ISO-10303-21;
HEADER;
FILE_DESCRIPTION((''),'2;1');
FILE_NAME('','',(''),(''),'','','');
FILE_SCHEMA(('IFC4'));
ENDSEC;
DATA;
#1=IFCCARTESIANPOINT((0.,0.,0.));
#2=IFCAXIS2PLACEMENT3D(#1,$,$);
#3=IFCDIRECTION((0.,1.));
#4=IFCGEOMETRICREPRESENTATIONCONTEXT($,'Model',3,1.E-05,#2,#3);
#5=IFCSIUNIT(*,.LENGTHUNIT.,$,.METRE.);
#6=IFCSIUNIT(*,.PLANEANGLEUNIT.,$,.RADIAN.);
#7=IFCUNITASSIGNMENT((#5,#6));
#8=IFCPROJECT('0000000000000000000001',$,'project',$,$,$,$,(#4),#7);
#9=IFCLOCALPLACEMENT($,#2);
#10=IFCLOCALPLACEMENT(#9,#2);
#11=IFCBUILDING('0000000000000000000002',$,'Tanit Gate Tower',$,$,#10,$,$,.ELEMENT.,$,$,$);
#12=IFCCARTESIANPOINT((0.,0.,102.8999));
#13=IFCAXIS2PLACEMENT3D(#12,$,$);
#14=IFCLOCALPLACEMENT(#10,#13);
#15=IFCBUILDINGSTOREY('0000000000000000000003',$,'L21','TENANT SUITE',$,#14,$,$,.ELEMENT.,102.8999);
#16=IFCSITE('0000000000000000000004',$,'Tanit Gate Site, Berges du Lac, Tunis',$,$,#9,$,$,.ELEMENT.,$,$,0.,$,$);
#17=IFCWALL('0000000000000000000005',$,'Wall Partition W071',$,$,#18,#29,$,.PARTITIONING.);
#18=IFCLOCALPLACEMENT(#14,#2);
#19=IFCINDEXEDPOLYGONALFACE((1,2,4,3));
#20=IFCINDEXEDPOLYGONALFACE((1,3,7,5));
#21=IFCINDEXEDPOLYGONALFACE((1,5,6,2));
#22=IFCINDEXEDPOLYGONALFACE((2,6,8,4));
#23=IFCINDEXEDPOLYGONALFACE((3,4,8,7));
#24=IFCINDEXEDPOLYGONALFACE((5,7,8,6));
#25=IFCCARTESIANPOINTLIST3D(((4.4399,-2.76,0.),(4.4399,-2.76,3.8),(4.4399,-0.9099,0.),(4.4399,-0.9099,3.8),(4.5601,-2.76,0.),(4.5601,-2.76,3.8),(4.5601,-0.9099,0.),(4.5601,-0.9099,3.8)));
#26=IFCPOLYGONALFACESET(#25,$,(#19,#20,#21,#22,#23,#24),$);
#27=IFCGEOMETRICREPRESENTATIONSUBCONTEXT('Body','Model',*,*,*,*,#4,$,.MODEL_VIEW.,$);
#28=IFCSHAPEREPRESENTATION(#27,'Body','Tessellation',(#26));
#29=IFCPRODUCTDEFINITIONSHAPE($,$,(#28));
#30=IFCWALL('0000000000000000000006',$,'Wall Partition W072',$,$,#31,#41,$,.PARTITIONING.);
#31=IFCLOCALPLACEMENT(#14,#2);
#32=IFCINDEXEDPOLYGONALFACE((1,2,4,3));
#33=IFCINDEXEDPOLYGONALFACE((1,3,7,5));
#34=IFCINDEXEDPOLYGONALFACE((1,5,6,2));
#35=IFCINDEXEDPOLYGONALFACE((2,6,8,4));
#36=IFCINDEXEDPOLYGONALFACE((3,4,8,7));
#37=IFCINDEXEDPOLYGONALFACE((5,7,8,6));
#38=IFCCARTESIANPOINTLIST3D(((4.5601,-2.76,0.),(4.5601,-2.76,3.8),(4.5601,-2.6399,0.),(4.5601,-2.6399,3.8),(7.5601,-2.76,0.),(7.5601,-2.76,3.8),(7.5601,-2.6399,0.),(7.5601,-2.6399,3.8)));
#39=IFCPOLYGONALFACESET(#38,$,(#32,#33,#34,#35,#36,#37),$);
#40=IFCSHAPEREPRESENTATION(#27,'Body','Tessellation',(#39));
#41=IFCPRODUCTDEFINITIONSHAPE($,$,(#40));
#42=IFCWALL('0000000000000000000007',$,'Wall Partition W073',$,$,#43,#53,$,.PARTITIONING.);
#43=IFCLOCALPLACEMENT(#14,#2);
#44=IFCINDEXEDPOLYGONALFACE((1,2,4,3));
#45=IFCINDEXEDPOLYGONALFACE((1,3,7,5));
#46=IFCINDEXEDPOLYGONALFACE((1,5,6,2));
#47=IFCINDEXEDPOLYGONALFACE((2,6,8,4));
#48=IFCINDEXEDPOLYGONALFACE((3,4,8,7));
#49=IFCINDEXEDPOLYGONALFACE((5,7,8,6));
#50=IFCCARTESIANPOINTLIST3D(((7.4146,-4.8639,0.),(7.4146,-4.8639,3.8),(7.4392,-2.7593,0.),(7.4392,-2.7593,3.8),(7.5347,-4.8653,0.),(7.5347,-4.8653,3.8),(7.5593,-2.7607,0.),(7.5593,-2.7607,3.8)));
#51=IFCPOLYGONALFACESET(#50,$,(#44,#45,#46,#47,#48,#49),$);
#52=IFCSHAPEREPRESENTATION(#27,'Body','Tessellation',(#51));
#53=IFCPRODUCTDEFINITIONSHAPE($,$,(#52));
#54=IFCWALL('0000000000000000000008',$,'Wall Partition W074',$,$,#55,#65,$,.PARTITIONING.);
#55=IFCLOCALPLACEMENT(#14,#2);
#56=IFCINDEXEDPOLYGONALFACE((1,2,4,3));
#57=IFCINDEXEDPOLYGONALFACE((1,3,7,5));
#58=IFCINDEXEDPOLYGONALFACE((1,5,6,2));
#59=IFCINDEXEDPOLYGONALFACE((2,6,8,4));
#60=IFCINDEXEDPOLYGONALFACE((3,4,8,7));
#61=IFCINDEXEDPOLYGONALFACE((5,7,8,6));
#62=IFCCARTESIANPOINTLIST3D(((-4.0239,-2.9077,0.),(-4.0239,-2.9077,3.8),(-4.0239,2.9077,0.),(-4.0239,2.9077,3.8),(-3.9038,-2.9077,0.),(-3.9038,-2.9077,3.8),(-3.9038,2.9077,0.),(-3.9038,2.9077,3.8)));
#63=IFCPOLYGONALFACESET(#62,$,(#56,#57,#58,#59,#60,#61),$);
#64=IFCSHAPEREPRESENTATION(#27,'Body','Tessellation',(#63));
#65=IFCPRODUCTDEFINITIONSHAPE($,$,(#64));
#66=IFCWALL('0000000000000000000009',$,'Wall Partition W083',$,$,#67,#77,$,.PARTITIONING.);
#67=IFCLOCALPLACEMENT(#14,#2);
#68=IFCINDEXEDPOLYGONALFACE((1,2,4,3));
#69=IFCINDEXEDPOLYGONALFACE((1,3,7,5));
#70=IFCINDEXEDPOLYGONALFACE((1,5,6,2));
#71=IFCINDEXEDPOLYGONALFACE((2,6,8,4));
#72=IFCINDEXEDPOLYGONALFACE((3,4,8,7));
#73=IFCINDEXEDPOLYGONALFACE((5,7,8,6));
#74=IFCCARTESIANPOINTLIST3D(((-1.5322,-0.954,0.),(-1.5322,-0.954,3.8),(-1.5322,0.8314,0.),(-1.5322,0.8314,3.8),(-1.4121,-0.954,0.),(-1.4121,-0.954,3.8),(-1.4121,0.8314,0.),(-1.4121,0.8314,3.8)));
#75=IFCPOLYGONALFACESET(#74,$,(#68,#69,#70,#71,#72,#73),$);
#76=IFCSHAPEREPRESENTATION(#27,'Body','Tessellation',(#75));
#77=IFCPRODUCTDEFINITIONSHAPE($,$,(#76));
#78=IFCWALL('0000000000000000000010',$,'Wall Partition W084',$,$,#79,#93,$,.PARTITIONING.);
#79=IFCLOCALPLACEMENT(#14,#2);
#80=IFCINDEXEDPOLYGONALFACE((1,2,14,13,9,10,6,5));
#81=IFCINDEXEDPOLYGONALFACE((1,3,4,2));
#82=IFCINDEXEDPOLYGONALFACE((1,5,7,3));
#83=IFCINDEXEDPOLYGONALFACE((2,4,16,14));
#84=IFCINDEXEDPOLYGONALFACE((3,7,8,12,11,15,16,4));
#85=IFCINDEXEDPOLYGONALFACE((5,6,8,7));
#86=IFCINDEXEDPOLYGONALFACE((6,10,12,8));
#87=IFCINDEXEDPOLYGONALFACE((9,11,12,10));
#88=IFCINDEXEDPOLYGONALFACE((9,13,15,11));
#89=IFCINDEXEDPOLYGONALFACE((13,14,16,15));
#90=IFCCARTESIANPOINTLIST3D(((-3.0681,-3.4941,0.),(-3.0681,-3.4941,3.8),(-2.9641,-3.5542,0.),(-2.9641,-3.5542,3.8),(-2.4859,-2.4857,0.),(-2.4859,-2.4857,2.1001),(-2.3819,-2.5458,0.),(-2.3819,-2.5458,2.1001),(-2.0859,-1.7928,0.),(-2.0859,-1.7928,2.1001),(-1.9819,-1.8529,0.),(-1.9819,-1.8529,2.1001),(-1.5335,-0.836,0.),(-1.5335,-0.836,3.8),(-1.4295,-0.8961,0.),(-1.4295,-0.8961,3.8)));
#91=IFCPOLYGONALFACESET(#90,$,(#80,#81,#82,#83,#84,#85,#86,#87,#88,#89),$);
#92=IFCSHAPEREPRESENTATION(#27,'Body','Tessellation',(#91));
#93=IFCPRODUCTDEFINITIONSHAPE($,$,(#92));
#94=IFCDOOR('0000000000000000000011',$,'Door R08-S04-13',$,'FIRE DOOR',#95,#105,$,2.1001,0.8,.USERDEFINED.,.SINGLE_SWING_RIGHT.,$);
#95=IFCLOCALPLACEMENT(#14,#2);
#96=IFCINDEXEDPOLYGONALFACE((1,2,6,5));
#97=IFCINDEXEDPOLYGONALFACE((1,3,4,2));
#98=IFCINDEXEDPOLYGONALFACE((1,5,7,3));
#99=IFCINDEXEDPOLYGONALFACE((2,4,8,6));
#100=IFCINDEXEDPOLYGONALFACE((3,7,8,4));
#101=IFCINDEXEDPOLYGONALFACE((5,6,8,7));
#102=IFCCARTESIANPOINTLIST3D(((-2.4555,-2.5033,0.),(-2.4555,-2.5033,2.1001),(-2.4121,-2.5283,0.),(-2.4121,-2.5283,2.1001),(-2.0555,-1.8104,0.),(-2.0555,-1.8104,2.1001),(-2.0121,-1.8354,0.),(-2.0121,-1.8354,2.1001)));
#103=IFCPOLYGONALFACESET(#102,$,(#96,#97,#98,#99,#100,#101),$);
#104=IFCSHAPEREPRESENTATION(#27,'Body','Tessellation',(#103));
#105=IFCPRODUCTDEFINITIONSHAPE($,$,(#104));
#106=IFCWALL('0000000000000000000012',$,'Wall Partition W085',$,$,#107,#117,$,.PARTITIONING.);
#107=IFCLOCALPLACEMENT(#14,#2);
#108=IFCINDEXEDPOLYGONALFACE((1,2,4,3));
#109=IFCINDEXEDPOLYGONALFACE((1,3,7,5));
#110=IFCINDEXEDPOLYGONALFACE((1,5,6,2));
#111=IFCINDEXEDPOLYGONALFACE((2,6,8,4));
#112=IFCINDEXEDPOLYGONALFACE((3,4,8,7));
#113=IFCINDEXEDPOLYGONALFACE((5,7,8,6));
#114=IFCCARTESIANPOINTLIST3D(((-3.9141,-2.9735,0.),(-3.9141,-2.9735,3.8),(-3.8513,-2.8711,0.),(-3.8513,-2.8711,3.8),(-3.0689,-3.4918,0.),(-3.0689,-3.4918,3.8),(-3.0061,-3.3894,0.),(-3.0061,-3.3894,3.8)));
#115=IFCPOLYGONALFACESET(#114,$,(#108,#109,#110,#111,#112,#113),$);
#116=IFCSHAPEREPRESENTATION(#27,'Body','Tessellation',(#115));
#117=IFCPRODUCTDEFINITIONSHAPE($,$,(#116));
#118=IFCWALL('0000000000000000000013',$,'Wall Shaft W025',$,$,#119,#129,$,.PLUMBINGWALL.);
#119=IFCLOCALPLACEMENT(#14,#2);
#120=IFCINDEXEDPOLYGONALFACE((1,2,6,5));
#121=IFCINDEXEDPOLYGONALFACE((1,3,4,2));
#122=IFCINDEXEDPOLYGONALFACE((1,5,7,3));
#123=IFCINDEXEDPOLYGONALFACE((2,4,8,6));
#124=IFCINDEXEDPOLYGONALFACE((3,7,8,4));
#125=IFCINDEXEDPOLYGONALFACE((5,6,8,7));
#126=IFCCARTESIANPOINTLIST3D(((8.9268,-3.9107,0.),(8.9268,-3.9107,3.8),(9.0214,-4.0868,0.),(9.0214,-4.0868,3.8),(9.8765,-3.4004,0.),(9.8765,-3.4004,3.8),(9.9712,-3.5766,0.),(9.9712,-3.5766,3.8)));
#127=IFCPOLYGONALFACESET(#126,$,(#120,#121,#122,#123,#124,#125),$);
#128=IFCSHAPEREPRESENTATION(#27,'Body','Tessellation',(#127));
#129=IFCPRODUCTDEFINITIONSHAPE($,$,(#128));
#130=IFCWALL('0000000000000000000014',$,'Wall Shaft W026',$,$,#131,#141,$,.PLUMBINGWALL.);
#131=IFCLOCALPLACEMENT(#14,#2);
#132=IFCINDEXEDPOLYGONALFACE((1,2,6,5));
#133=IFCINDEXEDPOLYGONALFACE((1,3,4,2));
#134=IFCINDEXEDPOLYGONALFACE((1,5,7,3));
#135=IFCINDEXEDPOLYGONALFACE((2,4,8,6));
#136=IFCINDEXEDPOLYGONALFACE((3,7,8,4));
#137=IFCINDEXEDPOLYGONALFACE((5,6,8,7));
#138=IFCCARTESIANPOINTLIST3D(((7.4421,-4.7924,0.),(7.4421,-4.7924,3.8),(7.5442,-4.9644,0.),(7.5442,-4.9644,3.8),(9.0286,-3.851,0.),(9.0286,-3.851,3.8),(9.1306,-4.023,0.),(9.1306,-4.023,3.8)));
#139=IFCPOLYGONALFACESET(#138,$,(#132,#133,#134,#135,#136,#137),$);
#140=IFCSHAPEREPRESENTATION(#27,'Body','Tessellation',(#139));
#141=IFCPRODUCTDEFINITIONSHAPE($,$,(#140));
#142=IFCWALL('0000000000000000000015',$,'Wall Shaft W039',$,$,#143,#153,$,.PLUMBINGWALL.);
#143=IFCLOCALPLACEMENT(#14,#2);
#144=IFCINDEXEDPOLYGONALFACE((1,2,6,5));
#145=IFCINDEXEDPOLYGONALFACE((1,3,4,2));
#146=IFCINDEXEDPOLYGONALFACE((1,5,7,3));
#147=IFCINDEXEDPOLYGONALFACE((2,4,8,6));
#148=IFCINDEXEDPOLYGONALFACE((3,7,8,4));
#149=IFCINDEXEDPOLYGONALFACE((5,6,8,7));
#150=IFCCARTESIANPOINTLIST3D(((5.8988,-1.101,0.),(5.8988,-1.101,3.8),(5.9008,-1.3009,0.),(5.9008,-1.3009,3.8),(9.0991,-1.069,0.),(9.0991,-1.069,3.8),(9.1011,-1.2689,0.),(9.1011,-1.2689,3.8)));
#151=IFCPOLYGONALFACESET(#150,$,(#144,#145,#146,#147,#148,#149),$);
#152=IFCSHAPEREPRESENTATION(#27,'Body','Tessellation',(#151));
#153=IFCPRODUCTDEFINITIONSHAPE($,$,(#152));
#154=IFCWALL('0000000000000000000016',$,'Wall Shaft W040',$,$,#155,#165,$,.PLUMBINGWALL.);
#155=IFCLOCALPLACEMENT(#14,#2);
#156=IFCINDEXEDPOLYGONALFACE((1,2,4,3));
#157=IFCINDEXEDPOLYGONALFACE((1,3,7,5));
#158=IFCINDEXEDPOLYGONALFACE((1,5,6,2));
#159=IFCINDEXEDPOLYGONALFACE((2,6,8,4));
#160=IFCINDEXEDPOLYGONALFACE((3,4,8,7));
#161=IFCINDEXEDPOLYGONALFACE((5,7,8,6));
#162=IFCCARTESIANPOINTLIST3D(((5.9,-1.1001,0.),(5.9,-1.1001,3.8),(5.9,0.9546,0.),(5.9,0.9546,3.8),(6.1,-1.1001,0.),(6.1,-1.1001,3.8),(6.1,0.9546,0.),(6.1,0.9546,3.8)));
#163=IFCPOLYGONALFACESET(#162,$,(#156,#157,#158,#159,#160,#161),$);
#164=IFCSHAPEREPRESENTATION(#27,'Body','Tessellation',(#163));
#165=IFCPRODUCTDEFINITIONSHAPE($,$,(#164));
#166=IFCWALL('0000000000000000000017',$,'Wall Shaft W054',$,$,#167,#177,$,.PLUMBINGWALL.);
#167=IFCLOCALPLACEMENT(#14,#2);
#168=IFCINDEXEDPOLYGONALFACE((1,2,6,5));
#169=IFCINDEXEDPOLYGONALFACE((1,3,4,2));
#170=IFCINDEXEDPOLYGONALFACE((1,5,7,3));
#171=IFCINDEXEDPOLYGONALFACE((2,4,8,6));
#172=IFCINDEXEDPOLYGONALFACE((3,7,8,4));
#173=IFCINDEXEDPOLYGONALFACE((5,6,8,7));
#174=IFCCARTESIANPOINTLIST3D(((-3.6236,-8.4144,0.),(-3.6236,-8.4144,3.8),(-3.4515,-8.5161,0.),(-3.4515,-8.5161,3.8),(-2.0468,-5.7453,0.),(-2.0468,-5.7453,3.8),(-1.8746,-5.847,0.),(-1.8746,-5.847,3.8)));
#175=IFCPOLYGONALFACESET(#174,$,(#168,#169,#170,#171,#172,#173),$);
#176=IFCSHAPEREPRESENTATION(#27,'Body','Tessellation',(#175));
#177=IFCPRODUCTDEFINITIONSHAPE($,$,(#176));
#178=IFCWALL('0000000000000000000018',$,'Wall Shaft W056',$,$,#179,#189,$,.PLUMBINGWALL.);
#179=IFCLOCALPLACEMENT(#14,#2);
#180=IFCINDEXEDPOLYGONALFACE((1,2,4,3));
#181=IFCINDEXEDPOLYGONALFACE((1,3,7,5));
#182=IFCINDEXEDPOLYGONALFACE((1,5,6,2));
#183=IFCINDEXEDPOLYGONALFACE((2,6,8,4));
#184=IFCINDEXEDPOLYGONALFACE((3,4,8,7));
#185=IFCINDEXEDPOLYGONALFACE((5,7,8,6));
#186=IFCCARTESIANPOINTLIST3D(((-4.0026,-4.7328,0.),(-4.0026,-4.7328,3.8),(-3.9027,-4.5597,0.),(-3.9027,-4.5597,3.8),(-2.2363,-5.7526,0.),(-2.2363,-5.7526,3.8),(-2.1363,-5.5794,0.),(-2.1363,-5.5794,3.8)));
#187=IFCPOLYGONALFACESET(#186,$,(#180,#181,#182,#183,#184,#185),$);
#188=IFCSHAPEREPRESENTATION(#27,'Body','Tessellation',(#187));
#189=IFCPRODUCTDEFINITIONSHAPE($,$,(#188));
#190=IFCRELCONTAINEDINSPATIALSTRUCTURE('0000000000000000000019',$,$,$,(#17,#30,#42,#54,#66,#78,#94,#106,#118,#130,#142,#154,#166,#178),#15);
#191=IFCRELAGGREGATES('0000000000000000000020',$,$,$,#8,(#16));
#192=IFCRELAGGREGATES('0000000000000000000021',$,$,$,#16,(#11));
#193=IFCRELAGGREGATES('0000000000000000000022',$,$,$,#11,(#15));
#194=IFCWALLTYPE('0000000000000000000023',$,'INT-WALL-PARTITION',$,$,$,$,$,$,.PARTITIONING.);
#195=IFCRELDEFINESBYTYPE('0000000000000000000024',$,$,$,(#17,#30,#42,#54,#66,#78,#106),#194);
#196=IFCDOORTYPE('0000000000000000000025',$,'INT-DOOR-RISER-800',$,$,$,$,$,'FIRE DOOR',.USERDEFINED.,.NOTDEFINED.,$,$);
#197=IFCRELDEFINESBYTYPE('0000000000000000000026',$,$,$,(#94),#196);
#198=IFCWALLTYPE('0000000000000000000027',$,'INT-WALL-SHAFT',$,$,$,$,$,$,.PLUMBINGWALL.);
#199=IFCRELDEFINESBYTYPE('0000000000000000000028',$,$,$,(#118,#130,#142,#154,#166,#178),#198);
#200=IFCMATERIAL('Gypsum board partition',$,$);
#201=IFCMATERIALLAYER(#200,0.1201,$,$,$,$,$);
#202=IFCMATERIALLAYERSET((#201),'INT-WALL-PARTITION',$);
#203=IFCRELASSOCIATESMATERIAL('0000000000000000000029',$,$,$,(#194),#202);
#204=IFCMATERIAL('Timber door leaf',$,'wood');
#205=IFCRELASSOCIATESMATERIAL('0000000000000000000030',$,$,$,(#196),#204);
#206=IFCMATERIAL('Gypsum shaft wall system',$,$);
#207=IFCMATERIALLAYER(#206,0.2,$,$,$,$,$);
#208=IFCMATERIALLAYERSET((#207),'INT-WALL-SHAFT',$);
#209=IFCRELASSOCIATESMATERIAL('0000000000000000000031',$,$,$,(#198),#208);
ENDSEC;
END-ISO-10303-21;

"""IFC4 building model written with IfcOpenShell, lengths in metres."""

from ifc_helpers import new_model, si_unit, direction, frame, frame_2d, origin, place, context, subcontext, project, spatial, rectangle, extrude, material, layer, layer_set, type_object, element, fill, save


model = new_model("IFC4")

# Units and contexts
model_context = context("Model", 3, precision=1e-05, world=origin(), true_north=direction((0.0, 1.0)))
body_context = subcontext(model_context, "Body", "Model", "MODEL_VIEW")
ifc_project = project(units=[si_unit("LENGTHUNIT", "METRE"), si_unit("PLANEANGLEUNIT", "RADIAN")], contexts=[model_context])

# Site, building, storey
site_placement = place(None, origin())
site = spatial("IfcSite", under=ifc_project, at=site_placement, Name="Tanit Gate Site, Berges du Lac, Tunis", CompositionType="ELEMENT", RefElevation=0.0)
building_placement = place(site_placement, origin())
building = spatial("IfcBuilding", under=site, at=building_placement, Name="Tanit Gate Tower", CompositionType="ELEMENT")
storey_placement = place(building_placement, frame((0.0, 0.0, 102.8999)))
storey = spatial("IfcBuildingStorey", under=building, at=storey_placement, Name="L21", Description="TENANT SUITE", CompositionType="ELEMENT", Elevation=102.8999)

# Shared definitions
ifc_material_1 = material(Name="Gypsum board partition")
ifc_layer_1 = layer(ifc_material_1, 0.1201)
ifc_layer_set_1 = layer_set([ifc_layer_1], Name="INT-WALL-PARTITION")
wall_type_1 = type_object("IfcWallType", Name="INT-WALL-PARTITION", PredefinedType="PARTITIONING", material=ifc_layer_set_1)
ifc_material_2 = material(Name="Timber door leaf", Category="wood")
door_type_1 = type_object("IfcDoorType", Name="INT-DOOR-RISER-800", ElementType="FIRE DOOR", OperationType="NOTDEFINED", PredefinedType="USERDEFINED", material=ifc_material_2)

# Walls
wall_1_placement = place(storey_placement, frame((4.5, -2.76, 0.0), z_axis=(0.0, 0.0, 1.0), x_axis=(0.0, 1.0, 0.0)))
element("IfcWall", 1, at=wall_1_placement, inside=storey, type_object=wall_type_1, Name="Wall Partition W071", PredefinedType="PARTITIONING", context=body_context, shape_type="SweptSolid", body=[
    extrude(rectangle(XDim=1.8501, YDim=0.1201, at=frame_2d((0.925, 0.0))), origin(), (0.0, 0.0, 1.0), 3.8),
])
wall_2_placement = place(storey_placement, frame((7.5601, -2.7, 0.0), z_axis=(0.0, 0.0, 1.0), x_axis=(-1.0, 0.0, 0.0)))
element("IfcWall", 2, at=wall_2_placement, inside=storey, type_object=wall_type_1, Name="Wall Partition W072", PredefinedType="PARTITIONING", context=body_context, shape_type="SweptSolid", body=[
    extrude(rectangle(XDim=3.0, YDim=0.1201, at=frame_2d((1.5, 0.0))), origin(), (0.0, 0.0, 1.0), 3.8),
])
wall_3_placement = place(storey_placement, frame((7.4746, -4.8645, 0.0), z_axis=(0.0, 0.0, 1.0), x_axis=(0.011716, 0.999931, 0.0)))
element("IfcWall", 3, at=wall_3_placement, inside=storey, type_object=wall_type_1, Name="Wall Partition W073", PredefinedType="PARTITIONING", context=body_context, shape_type="SweptSolid", body=[
    extrude(rectangle(XDim=2.1047, YDim=0.1201, at=frame_2d((1.0522, 0.0))), origin(), (0.0, 0.0, 1.0), 3.8),
])
wall_4_placement = place(storey_placement, frame((-3.9639, -2.9077, 0.0), z_axis=(0.0, 0.0, 1.0), x_axis=(0.0, 1.0, 0.0)))
element("IfcWall", 4, at=wall_4_placement, inside=storey, type_object=wall_type_1, Name="Wall Partition W074", PredefinedType="PARTITIONING", context=body_context, shape_type="SweptSolid", body=[
    extrude(rectangle(XDim=5.8154, YDim=0.1201, at=frame_2d((2.9077, 0.0))), origin(), (0.0, 0.0, 1.0), 3.8),
])
wall_5_placement = place(storey_placement, frame((-1.4722, -0.9539, 0.0), z_axis=(0.0, 0.0, 1.0), x_axis=(0.0, 1.0, 0.0)))
element("IfcWall", 5, at=wall_5_placement, inside=storey, type_object=wall_type_1, Name="Wall Partition W083", PredefinedType="PARTITIONING", context=body_context, shape_type="SweptSolid", body=[
    extrude(rectangle(XDim=1.7854, YDim=0.1201, at=frame_2d((0.8926, 0.0))), origin(), (0.0, 0.0, 1.0), 3.8),
])

# Wall, opening, door
wall_6_placement = place(storey_placement, frame((-3.0161, -3.5242, 0.0), z_axis=(0.0, 0.0, 1.0), x_axis=(0.499989, 0.866032, 0.0)))
wall_6 = element("IfcWall", 6, at=wall_6_placement, inside=storey, type_object=wall_type_1, Name="Wall Partition W084", PredefinedType="PARTITIONING", context=body_context, shape_type="SweptSolid", body=[
    extrude(rectangle(XDim=3.0693, YDim=0.1201, at=frame_2d((1.5347, 0.0))), origin(), (0.0, 0.0, 1.0), 3.8),
])
opening_1_placement = place(wall_6_placement, frame((1.1646, 0.0, 0.0)))
opening_1 = element("IfcOpeningElement", 7, at=opening_1_placement, cuts=wall_6, PredefinedType="OPENING", context=body_context, shape_type="SweptSolid", body=[
    extrude(rectangle(XDim=0.8, YDim=2.1001, at=frame_2d((0.3999, 1.05))), frame((0.0, 0.0701, 0.0), z_axis=(0.0, -1.0, 0.0), x_axis=(1.0, 0.0, 0.0)), (0.0, 0.0, 1.0), 0.1401),
])
door_1_placement = place(opening_1_placement, origin())
door_1 = element("IfcDoor", 8, at=door_1_placement, inside=storey, type_object=door_type_1, Name="Door R08-S04-13", ObjectType="FIRE DOOR", OperationType="SINGLE_SWING_RIGHT", OverallHeight=2.1001, OverallWidth=0.8, PredefinedType="USERDEFINED", context=body_context, shape_type="SweptSolid", body=[
    extrude(rectangle(XDim=0.8, YDim=2.1001, at=frame_2d((0.3999, 1.05))), frame((0.0, 0.0249, 0.0), z_axis=(0.0, -1.0, 0.0), x_axis=(1.0, 0.0, 0.0)), (0.0, 0.0, 1.0), 0.05),
])
fill(opening_1, door_1)

# Walls
wall_7_placement = place(storey_placement, frame((-3.8826, -2.9224, 0.0), z_axis=(0.0, 0.0, 1.0), x_axis=(0.852477, -0.522764, 0.0)))
element("IfcWall", 9, at=wall_7_placement, inside=storey, type_object=wall_type_1, Name="Wall Partition W085", PredefinedType="PARTITIONING", context=body_context, shape_type="SweptSolid", body=[
    extrude(rectangle(XDim=0.9915, YDim=0.1201, at=frame_2d((0.4956, 0.0))), origin(), (0.0, 0.0, 1.0), 3.8),
])
ifc_material_3 = material(Name="Gypsum shaft wall system")
ifc_layer_2 = layer(ifc_material_3, 0.2)
ifc_layer_set_2 = layer_set([ifc_layer_2], Name="INT-WALL-SHAFT")
wall_type_2 = type_object("IfcWallType", Name="INT-WALL-SHAFT", PredefinedType="PLUMBINGWALL", material=ifc_layer_set_2)
wall_8_placement = place(storey_placement, frame((8.9741, -3.9988, 0.0), z_axis=(0.0, 0.0, 1.0), x_axis=(0.880907, 0.473289, 0.0)))
element("IfcWall", 10, at=wall_8_placement, inside=storey, type_object=wall_type_2, Name="Wall Shaft W025", PredefinedType="PLUMBINGWALL", context=body_context, shape_type="SweptSolid", body=[
    extrude(rectangle(XDim=1.0781, YDim=0.2, at=frame_2d((0.5391, 0.0))), origin(), (0.0, 0.0, 1.0), 3.8),
])
wall_9_placement = place(storey_placement, frame((7.4932, -4.8784, 0.0), z_axis=(0.0, 0.0, 1.0), x_axis=(0.859982, 0.510325, 0.0)))
element("IfcWall", 11, at=wall_9_placement, inside=storey, type_object=wall_type_2, Name="Wall Shaft W026", PredefinedType="PLUMBINGWALL", context=body_context, shape_type="SweptSolid", body=[
    extrude(rectangle(XDim=1.8447, YDim=0.2, at=frame_2d((0.9224, 0.0))), origin(), (0.0, 0.0, 1.0), 3.8),
])
wall_10_placement = place(storey_placement, frame((5.8999, -1.2009, 0.0), z_axis=(0.0, 0.0, 1.0), x_axis=(0.99995, 0.009993, 0.0)))
element("IfcWall", 12, at=wall_10_placement, inside=storey, type_object=wall_type_2, Name="Wall Shaft W039", PredefinedType="PLUMBINGWALL", context=body_context, shape_type="SweptSolid", body=[
    extrude(rectangle(XDim=3.2004, YDim=0.2, at=frame_2d((1.6001, 0.0))), origin(), (0.0, 0.0, 1.0), 3.8),
])
wall_11_placement = place(storey_placement, frame((6.0, -1.1001, 0.0), z_axis=(0.0, 0.0, 1.0), x_axis=(0.0, 1.0, 0.0)))
element("IfcWall", 13, at=wall_11_placement, inside=storey, type_object=wall_type_2, Name="Wall Shaft W040", PredefinedType="PLUMBINGWALL", context=body_context, shape_type="SweptSolid", body=[
    extrude(rectangle(XDim=2.0547, YDim=0.2, at=frame_2d((1.0273, 0.0))), origin(), (0.0, 0.0, 1.0), 3.8),
])

# Walls
wall_12_placement = place(storey_placement, frame((-1.9607, -5.7961, 0.0), z_axis=(0.0, 0.0, 1.0), x_axis=(-0.508647, -0.860975, 0.0)))
element("IfcWall", 14, at=wall_12_placement, inside=storey, type_object=wall_type_2, Name="Wall Shaft W054", PredefinedType="PLUMBINGWALL", context=body_context, shape_type="SweptSolid", body=[
    extrude(rectangle(XDim=3.1001, YDim=0.2, at=frame_2d((1.55, 0.0))), origin(), (0.0, 0.0, 1.0), 3.8),
])
wall_13_placement = place(storey_placement, frame((-3.9526, -4.6462, 0.0), z_axis=(0.0, 0.0, 1.0), x_axis=(0.866032, -0.499988, 0.0)))
element("IfcWall", 15, at=wall_13_placement, inside=storey, type_object=wall_type_2, Name="Wall Shaft W056", PredefinedType="PLUMBINGWALL", context=body_context, shape_type="SweptSolid", body=[
    extrude(rectangle(XDim=2.0396, YDim=0.2, at=frame_2d((1.0198, 0.0))), origin(), (0.0, 0.0, 1.0), 3.8),
])

save(model, "model.ifc")
